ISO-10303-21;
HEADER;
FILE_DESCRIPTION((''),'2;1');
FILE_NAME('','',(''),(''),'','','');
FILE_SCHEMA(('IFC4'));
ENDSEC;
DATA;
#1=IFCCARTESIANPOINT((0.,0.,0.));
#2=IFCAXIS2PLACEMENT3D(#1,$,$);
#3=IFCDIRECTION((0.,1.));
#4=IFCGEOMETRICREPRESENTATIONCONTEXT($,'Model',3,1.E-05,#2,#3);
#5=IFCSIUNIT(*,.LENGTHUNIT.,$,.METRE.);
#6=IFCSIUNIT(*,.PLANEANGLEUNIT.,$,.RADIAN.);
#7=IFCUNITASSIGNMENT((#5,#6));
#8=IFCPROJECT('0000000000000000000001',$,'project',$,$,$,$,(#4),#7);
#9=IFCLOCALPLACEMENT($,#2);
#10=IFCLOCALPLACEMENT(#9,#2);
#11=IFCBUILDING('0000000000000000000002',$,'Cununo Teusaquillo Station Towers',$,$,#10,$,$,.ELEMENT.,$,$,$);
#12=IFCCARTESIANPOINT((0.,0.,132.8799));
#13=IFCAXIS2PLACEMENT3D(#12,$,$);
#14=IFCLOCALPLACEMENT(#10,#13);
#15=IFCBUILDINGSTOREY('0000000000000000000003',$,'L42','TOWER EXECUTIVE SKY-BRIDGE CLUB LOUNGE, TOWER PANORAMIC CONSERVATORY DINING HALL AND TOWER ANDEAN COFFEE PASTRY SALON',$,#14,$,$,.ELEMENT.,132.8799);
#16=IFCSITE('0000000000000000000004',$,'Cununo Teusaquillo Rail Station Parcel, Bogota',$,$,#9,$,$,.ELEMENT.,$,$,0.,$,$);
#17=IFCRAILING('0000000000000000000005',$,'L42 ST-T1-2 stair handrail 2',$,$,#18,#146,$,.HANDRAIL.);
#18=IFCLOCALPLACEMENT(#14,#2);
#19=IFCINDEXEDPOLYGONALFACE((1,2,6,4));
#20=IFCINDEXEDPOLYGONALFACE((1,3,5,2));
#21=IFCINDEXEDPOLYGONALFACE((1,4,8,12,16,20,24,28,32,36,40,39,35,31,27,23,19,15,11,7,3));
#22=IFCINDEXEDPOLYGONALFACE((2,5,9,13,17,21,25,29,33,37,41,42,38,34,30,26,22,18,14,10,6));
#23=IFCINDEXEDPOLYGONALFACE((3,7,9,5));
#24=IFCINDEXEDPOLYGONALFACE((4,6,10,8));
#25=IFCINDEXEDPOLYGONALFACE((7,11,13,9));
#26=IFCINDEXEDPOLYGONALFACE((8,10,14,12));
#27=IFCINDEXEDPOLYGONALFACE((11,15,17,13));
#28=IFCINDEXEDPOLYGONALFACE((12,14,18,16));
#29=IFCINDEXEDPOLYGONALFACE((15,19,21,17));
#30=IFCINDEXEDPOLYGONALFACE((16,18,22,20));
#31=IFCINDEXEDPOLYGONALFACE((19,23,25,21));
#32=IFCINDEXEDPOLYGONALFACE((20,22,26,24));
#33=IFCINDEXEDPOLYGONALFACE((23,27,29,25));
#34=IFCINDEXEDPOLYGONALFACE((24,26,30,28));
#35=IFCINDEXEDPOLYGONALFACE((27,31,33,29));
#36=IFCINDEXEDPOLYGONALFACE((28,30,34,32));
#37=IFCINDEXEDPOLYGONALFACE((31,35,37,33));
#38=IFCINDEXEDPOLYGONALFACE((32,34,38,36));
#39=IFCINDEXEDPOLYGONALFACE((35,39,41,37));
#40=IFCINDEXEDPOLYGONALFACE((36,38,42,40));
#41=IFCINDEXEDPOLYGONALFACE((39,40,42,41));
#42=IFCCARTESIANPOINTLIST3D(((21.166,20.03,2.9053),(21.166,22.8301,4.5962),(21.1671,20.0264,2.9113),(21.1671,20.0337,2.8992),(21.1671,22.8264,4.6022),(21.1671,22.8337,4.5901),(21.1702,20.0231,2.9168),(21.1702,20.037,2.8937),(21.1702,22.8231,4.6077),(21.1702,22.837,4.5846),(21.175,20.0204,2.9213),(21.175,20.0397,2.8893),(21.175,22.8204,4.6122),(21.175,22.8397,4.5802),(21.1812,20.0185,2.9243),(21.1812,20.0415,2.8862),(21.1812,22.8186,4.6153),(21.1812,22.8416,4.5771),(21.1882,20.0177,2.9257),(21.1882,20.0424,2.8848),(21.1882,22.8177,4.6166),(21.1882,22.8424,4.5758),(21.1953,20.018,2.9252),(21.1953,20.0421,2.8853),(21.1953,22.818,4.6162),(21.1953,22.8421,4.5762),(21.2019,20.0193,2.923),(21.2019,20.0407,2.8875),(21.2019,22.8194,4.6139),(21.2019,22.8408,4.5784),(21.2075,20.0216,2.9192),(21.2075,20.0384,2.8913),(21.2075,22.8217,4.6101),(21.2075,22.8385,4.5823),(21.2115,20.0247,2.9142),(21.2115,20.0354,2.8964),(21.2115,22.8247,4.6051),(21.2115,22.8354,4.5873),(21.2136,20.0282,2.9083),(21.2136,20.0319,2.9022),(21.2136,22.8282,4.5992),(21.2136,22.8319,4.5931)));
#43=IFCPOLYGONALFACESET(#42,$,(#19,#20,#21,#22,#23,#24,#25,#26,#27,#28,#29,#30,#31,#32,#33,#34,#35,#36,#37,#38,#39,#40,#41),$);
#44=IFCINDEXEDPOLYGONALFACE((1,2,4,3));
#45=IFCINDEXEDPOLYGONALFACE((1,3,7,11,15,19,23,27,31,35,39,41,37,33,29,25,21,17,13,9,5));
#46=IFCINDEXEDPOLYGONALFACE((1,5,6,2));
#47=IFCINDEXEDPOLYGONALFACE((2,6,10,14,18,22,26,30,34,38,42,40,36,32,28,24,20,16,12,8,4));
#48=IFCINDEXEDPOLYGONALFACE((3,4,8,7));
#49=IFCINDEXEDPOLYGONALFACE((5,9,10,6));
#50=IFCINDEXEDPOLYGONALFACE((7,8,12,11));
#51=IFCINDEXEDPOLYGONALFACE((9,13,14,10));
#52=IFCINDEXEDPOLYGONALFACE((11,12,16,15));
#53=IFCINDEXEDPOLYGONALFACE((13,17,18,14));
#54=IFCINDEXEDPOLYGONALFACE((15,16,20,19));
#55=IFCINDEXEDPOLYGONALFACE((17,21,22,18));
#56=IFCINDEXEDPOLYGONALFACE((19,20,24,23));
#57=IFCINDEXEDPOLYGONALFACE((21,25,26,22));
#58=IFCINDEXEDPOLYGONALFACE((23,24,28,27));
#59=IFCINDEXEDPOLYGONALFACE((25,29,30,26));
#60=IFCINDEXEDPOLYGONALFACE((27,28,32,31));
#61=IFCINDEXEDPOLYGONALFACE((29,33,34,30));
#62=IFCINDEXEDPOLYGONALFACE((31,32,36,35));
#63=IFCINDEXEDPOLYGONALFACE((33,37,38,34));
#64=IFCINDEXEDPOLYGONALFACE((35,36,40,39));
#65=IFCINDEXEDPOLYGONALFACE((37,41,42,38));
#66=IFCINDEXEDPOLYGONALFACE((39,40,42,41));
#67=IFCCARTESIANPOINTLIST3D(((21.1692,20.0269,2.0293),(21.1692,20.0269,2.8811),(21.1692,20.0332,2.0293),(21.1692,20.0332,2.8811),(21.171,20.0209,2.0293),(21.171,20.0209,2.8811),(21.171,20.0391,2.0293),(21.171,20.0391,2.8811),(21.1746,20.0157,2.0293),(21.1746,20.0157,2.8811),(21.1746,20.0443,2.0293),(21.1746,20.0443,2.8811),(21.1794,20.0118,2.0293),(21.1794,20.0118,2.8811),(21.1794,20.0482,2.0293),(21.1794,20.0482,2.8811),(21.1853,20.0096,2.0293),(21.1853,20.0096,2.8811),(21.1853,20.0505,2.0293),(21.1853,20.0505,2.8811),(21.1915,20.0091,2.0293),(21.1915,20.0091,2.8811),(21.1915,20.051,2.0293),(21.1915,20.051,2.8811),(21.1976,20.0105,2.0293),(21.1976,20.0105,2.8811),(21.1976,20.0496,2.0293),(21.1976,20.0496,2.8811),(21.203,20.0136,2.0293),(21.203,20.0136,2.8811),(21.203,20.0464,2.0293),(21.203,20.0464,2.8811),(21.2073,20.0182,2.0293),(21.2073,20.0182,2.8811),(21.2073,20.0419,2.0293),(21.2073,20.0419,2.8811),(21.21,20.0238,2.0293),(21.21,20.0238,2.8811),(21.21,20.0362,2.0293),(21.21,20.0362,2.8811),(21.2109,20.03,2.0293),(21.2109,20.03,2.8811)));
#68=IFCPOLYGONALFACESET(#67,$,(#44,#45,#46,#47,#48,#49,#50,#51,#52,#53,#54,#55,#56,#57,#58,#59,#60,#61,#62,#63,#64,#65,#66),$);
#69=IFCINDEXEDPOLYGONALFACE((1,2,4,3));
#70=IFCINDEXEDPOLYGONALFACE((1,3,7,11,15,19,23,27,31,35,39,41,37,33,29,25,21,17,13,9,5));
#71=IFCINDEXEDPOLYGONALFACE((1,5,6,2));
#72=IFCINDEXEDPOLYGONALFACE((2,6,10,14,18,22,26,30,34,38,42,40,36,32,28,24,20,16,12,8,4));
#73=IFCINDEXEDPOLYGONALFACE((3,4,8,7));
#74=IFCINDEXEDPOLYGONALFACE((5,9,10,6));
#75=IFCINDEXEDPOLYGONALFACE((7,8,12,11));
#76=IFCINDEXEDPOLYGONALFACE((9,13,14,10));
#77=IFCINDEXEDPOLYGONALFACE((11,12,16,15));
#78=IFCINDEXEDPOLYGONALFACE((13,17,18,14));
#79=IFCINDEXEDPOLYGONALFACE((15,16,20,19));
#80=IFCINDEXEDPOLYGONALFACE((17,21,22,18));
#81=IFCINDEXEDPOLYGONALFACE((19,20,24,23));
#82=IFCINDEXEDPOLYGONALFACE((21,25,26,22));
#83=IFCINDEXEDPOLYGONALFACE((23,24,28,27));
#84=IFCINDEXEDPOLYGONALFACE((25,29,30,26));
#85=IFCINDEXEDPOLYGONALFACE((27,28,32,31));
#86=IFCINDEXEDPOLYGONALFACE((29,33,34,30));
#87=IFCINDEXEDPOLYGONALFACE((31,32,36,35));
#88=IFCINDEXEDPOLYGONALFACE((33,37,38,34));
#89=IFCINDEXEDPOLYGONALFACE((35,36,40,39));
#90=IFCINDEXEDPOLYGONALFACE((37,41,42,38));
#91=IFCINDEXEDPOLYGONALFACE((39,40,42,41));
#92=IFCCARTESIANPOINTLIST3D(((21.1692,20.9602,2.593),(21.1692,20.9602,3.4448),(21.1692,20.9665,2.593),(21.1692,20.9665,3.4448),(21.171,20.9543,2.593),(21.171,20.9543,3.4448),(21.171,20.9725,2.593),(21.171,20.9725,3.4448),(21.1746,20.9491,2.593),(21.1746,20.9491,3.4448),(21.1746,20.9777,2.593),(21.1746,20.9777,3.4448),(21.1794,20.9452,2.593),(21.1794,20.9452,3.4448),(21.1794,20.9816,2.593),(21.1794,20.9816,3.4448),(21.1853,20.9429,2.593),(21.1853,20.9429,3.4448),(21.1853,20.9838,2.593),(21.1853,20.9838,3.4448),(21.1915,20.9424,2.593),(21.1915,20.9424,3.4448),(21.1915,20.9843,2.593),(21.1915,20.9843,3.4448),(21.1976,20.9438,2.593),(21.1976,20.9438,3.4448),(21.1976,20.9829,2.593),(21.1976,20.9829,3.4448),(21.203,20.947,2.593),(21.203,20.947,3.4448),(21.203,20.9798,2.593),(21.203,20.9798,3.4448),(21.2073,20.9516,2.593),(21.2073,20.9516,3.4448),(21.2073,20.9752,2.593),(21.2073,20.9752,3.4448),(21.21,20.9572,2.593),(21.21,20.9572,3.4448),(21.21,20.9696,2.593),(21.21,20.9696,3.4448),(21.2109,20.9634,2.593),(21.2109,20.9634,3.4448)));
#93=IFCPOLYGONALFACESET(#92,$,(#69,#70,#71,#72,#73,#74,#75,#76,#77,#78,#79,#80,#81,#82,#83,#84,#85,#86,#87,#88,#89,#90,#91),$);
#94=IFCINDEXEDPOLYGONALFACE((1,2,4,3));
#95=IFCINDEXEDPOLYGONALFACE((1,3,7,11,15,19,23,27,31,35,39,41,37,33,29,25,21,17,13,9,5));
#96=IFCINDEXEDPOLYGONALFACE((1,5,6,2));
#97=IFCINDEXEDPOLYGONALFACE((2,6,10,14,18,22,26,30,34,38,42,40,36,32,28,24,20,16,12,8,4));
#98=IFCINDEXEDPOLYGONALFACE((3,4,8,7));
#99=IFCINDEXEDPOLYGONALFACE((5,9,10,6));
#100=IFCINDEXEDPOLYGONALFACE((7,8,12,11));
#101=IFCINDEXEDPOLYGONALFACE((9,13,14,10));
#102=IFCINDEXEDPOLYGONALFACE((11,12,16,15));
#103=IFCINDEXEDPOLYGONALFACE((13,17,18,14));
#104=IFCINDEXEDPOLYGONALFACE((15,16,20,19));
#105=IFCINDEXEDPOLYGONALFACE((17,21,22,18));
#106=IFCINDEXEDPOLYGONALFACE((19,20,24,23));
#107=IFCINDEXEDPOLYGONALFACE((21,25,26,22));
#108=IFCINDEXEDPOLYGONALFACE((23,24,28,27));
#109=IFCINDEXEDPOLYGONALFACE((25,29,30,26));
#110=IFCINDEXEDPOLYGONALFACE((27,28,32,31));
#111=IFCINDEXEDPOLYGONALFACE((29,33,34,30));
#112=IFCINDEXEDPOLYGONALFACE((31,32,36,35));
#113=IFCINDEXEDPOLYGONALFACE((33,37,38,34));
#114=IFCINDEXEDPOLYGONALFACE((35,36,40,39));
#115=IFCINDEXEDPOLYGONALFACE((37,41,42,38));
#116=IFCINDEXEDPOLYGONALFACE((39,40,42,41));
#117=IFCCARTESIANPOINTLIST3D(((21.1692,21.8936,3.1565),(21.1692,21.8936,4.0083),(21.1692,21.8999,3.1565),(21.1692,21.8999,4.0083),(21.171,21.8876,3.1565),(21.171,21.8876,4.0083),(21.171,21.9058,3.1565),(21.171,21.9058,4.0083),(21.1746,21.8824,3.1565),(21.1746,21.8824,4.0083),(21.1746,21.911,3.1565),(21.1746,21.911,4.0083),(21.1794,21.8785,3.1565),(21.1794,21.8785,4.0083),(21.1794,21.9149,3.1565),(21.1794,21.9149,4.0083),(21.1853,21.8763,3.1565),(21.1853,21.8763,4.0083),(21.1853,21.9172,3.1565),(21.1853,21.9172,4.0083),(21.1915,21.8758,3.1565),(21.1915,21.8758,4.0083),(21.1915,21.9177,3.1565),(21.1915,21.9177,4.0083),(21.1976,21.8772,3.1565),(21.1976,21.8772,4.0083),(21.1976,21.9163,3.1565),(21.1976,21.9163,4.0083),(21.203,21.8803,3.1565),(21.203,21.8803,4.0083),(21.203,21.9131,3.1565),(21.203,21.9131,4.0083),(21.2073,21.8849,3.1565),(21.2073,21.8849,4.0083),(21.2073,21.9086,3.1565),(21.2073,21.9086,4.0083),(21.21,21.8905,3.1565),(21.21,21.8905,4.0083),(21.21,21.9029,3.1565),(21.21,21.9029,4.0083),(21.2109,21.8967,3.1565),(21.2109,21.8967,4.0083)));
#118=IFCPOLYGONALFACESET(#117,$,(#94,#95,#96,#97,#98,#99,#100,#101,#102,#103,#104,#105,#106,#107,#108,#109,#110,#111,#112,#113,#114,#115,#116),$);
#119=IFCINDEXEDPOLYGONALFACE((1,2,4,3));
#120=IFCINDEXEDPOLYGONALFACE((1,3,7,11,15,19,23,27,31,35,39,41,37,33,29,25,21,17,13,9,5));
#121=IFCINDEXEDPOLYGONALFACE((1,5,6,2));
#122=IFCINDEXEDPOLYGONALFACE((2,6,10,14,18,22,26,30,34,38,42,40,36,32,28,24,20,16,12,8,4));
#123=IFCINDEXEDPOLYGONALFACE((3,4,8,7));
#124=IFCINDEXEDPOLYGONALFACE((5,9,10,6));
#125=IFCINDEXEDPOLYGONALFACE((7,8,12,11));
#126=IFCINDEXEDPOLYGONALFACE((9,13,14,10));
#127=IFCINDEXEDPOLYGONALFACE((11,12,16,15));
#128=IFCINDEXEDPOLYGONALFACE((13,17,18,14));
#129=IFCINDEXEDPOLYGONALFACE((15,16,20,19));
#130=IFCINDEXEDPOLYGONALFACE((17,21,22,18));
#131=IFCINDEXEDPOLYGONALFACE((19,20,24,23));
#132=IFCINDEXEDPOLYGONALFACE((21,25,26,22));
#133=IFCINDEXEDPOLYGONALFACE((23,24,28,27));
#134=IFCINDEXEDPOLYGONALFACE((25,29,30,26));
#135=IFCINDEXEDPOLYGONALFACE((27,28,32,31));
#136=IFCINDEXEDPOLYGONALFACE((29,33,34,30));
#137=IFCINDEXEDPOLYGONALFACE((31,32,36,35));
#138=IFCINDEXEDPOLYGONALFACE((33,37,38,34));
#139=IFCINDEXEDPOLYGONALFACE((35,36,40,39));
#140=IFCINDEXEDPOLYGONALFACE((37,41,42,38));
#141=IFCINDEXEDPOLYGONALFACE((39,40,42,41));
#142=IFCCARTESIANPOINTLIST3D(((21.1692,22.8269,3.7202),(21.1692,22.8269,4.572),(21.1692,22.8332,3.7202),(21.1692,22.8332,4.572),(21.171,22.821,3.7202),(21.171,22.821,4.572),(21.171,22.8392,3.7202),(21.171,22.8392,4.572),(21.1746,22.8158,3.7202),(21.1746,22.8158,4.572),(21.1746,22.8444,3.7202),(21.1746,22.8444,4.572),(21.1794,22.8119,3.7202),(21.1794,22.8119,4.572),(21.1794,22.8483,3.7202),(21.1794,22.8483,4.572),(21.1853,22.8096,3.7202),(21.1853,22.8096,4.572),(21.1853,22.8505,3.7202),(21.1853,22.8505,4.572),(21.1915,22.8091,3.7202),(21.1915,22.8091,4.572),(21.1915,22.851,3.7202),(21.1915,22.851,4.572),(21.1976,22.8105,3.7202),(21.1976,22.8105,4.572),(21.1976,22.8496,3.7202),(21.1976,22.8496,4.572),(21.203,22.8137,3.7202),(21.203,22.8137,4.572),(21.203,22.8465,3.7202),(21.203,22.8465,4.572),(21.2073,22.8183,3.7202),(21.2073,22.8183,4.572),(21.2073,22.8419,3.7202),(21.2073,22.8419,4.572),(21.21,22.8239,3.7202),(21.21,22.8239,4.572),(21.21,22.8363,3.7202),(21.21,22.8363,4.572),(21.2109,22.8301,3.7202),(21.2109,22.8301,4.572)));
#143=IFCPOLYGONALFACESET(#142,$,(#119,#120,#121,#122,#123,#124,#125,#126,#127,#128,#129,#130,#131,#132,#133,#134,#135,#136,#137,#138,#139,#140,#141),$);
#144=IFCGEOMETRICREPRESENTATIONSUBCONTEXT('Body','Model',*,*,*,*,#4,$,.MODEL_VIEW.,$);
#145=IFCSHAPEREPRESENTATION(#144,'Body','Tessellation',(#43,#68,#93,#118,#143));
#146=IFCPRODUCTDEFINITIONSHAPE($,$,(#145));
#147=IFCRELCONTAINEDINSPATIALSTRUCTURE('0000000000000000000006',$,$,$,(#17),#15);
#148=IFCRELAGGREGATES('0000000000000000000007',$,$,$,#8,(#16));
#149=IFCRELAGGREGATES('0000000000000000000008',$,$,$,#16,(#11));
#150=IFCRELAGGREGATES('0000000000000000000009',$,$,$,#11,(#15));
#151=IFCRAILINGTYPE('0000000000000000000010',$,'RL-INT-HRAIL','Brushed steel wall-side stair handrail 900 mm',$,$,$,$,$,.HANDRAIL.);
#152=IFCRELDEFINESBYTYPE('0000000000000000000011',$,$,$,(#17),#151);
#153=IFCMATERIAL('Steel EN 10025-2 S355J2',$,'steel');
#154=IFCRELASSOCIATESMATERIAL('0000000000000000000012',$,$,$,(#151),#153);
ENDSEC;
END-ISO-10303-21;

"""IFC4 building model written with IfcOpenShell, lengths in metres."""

from ifc_helpers import new_model, si_unit, direction, frame, origin, origin_2d, place, context, subcontext, project, spatial, circle, extrude, material, type_object, element, save


model = new_model("IFC4")

# Units and contexts
model_context = context("Model", 3, precision=1e-05, world=origin(), true_north=direction((0.0, 1.0)))
body_context = subcontext(model_context, "Body", "Model", "MODEL_VIEW")
ifc_project = project(units=[si_unit("LENGTHUNIT", "METRE"), si_unit("PLANEANGLEUNIT", "RADIAN")], contexts=[model_context])

# Site, building, storey
site_placement = place(None, origin())
site = spatial("IfcSite", under=ifc_project, at=site_placement, Name="Cununo Teusaquillo Rail Station Parcel, Bogota", CompositionType="ELEMENT", RefElevation=0.0)
building_placement = place(site_placement, origin())
building = spatial("IfcBuilding", under=site, at=building_placement, Name="Cununo Teusaquillo Station Towers", CompositionType="ELEMENT")
storey_placement = place(building_placement, frame((0.0, 0.0, 132.8799)))
storey = spatial("IfcBuildingStorey", under=building, at=storey_placement, Name="L42", Description="TOWER EXECUTIVE SKY-BRIDGE CLUB LOUNGE, TOWER PANORAMIC CONSERVATORY DINING HALL AND TOWER ANDEAN COFFEE PASTRY SALON", CompositionType="ELEMENT", Elevation=132.8799)

# Railing
ifc_material_1 = material(Name="Steel EN 10025-2 S355J2", Category="steel")
railing_type_1 = type_object("IfcRailingType", Name="RL-INT-HRAIL", Description="Brushed steel wall-side stair handrail 900 mm", PredefinedType="HANDRAIL", material=ifc_material_1)
railing_1_placement = place(storey_placement, frame((21.1899, 20.03, 2.0293)))
element("IfcRailing", 1, at=railing_1_placement, inside=storey, type_object=railing_type_1, Name="L42 ST-T1-2 stair handrail 2", PredefinedType="HANDRAIL", context=body_context, shape_type="SweptSolid", body=[
    extrude(circle(Radius=0.0239, at=origin_2d()), frame((0.0, 0.0, 0.876), z_axis=(0.0, 0.856021, 0.516941), x_axis=(-1.0, 0.0, 0.0)), (0.0, 0.0, 1.0), 3.271),
    extrude(circle(Radius=0.021, at=origin_2d()), origin(), (0.0, 0.0, 1.0), 0.8518),
    extrude(circle(Radius=0.021, at=origin_2d()), frame((0.0, 0.9333, 0.5637)), (0.0, 0.0, 1.0), 0.8518),
    extrude(circle(Radius=0.021, at=origin_2d()), frame((0.0, 1.8667, 1.1272)), (0.0, 0.0, 1.0), 0.8518),
    extrude(circle(Radius=0.021, at=origin_2d()), frame((0.0, 2.8, 1.6909)), (0.0, 0.0, 1.0), 0.8518),
])

save(model, "model.ifc")
